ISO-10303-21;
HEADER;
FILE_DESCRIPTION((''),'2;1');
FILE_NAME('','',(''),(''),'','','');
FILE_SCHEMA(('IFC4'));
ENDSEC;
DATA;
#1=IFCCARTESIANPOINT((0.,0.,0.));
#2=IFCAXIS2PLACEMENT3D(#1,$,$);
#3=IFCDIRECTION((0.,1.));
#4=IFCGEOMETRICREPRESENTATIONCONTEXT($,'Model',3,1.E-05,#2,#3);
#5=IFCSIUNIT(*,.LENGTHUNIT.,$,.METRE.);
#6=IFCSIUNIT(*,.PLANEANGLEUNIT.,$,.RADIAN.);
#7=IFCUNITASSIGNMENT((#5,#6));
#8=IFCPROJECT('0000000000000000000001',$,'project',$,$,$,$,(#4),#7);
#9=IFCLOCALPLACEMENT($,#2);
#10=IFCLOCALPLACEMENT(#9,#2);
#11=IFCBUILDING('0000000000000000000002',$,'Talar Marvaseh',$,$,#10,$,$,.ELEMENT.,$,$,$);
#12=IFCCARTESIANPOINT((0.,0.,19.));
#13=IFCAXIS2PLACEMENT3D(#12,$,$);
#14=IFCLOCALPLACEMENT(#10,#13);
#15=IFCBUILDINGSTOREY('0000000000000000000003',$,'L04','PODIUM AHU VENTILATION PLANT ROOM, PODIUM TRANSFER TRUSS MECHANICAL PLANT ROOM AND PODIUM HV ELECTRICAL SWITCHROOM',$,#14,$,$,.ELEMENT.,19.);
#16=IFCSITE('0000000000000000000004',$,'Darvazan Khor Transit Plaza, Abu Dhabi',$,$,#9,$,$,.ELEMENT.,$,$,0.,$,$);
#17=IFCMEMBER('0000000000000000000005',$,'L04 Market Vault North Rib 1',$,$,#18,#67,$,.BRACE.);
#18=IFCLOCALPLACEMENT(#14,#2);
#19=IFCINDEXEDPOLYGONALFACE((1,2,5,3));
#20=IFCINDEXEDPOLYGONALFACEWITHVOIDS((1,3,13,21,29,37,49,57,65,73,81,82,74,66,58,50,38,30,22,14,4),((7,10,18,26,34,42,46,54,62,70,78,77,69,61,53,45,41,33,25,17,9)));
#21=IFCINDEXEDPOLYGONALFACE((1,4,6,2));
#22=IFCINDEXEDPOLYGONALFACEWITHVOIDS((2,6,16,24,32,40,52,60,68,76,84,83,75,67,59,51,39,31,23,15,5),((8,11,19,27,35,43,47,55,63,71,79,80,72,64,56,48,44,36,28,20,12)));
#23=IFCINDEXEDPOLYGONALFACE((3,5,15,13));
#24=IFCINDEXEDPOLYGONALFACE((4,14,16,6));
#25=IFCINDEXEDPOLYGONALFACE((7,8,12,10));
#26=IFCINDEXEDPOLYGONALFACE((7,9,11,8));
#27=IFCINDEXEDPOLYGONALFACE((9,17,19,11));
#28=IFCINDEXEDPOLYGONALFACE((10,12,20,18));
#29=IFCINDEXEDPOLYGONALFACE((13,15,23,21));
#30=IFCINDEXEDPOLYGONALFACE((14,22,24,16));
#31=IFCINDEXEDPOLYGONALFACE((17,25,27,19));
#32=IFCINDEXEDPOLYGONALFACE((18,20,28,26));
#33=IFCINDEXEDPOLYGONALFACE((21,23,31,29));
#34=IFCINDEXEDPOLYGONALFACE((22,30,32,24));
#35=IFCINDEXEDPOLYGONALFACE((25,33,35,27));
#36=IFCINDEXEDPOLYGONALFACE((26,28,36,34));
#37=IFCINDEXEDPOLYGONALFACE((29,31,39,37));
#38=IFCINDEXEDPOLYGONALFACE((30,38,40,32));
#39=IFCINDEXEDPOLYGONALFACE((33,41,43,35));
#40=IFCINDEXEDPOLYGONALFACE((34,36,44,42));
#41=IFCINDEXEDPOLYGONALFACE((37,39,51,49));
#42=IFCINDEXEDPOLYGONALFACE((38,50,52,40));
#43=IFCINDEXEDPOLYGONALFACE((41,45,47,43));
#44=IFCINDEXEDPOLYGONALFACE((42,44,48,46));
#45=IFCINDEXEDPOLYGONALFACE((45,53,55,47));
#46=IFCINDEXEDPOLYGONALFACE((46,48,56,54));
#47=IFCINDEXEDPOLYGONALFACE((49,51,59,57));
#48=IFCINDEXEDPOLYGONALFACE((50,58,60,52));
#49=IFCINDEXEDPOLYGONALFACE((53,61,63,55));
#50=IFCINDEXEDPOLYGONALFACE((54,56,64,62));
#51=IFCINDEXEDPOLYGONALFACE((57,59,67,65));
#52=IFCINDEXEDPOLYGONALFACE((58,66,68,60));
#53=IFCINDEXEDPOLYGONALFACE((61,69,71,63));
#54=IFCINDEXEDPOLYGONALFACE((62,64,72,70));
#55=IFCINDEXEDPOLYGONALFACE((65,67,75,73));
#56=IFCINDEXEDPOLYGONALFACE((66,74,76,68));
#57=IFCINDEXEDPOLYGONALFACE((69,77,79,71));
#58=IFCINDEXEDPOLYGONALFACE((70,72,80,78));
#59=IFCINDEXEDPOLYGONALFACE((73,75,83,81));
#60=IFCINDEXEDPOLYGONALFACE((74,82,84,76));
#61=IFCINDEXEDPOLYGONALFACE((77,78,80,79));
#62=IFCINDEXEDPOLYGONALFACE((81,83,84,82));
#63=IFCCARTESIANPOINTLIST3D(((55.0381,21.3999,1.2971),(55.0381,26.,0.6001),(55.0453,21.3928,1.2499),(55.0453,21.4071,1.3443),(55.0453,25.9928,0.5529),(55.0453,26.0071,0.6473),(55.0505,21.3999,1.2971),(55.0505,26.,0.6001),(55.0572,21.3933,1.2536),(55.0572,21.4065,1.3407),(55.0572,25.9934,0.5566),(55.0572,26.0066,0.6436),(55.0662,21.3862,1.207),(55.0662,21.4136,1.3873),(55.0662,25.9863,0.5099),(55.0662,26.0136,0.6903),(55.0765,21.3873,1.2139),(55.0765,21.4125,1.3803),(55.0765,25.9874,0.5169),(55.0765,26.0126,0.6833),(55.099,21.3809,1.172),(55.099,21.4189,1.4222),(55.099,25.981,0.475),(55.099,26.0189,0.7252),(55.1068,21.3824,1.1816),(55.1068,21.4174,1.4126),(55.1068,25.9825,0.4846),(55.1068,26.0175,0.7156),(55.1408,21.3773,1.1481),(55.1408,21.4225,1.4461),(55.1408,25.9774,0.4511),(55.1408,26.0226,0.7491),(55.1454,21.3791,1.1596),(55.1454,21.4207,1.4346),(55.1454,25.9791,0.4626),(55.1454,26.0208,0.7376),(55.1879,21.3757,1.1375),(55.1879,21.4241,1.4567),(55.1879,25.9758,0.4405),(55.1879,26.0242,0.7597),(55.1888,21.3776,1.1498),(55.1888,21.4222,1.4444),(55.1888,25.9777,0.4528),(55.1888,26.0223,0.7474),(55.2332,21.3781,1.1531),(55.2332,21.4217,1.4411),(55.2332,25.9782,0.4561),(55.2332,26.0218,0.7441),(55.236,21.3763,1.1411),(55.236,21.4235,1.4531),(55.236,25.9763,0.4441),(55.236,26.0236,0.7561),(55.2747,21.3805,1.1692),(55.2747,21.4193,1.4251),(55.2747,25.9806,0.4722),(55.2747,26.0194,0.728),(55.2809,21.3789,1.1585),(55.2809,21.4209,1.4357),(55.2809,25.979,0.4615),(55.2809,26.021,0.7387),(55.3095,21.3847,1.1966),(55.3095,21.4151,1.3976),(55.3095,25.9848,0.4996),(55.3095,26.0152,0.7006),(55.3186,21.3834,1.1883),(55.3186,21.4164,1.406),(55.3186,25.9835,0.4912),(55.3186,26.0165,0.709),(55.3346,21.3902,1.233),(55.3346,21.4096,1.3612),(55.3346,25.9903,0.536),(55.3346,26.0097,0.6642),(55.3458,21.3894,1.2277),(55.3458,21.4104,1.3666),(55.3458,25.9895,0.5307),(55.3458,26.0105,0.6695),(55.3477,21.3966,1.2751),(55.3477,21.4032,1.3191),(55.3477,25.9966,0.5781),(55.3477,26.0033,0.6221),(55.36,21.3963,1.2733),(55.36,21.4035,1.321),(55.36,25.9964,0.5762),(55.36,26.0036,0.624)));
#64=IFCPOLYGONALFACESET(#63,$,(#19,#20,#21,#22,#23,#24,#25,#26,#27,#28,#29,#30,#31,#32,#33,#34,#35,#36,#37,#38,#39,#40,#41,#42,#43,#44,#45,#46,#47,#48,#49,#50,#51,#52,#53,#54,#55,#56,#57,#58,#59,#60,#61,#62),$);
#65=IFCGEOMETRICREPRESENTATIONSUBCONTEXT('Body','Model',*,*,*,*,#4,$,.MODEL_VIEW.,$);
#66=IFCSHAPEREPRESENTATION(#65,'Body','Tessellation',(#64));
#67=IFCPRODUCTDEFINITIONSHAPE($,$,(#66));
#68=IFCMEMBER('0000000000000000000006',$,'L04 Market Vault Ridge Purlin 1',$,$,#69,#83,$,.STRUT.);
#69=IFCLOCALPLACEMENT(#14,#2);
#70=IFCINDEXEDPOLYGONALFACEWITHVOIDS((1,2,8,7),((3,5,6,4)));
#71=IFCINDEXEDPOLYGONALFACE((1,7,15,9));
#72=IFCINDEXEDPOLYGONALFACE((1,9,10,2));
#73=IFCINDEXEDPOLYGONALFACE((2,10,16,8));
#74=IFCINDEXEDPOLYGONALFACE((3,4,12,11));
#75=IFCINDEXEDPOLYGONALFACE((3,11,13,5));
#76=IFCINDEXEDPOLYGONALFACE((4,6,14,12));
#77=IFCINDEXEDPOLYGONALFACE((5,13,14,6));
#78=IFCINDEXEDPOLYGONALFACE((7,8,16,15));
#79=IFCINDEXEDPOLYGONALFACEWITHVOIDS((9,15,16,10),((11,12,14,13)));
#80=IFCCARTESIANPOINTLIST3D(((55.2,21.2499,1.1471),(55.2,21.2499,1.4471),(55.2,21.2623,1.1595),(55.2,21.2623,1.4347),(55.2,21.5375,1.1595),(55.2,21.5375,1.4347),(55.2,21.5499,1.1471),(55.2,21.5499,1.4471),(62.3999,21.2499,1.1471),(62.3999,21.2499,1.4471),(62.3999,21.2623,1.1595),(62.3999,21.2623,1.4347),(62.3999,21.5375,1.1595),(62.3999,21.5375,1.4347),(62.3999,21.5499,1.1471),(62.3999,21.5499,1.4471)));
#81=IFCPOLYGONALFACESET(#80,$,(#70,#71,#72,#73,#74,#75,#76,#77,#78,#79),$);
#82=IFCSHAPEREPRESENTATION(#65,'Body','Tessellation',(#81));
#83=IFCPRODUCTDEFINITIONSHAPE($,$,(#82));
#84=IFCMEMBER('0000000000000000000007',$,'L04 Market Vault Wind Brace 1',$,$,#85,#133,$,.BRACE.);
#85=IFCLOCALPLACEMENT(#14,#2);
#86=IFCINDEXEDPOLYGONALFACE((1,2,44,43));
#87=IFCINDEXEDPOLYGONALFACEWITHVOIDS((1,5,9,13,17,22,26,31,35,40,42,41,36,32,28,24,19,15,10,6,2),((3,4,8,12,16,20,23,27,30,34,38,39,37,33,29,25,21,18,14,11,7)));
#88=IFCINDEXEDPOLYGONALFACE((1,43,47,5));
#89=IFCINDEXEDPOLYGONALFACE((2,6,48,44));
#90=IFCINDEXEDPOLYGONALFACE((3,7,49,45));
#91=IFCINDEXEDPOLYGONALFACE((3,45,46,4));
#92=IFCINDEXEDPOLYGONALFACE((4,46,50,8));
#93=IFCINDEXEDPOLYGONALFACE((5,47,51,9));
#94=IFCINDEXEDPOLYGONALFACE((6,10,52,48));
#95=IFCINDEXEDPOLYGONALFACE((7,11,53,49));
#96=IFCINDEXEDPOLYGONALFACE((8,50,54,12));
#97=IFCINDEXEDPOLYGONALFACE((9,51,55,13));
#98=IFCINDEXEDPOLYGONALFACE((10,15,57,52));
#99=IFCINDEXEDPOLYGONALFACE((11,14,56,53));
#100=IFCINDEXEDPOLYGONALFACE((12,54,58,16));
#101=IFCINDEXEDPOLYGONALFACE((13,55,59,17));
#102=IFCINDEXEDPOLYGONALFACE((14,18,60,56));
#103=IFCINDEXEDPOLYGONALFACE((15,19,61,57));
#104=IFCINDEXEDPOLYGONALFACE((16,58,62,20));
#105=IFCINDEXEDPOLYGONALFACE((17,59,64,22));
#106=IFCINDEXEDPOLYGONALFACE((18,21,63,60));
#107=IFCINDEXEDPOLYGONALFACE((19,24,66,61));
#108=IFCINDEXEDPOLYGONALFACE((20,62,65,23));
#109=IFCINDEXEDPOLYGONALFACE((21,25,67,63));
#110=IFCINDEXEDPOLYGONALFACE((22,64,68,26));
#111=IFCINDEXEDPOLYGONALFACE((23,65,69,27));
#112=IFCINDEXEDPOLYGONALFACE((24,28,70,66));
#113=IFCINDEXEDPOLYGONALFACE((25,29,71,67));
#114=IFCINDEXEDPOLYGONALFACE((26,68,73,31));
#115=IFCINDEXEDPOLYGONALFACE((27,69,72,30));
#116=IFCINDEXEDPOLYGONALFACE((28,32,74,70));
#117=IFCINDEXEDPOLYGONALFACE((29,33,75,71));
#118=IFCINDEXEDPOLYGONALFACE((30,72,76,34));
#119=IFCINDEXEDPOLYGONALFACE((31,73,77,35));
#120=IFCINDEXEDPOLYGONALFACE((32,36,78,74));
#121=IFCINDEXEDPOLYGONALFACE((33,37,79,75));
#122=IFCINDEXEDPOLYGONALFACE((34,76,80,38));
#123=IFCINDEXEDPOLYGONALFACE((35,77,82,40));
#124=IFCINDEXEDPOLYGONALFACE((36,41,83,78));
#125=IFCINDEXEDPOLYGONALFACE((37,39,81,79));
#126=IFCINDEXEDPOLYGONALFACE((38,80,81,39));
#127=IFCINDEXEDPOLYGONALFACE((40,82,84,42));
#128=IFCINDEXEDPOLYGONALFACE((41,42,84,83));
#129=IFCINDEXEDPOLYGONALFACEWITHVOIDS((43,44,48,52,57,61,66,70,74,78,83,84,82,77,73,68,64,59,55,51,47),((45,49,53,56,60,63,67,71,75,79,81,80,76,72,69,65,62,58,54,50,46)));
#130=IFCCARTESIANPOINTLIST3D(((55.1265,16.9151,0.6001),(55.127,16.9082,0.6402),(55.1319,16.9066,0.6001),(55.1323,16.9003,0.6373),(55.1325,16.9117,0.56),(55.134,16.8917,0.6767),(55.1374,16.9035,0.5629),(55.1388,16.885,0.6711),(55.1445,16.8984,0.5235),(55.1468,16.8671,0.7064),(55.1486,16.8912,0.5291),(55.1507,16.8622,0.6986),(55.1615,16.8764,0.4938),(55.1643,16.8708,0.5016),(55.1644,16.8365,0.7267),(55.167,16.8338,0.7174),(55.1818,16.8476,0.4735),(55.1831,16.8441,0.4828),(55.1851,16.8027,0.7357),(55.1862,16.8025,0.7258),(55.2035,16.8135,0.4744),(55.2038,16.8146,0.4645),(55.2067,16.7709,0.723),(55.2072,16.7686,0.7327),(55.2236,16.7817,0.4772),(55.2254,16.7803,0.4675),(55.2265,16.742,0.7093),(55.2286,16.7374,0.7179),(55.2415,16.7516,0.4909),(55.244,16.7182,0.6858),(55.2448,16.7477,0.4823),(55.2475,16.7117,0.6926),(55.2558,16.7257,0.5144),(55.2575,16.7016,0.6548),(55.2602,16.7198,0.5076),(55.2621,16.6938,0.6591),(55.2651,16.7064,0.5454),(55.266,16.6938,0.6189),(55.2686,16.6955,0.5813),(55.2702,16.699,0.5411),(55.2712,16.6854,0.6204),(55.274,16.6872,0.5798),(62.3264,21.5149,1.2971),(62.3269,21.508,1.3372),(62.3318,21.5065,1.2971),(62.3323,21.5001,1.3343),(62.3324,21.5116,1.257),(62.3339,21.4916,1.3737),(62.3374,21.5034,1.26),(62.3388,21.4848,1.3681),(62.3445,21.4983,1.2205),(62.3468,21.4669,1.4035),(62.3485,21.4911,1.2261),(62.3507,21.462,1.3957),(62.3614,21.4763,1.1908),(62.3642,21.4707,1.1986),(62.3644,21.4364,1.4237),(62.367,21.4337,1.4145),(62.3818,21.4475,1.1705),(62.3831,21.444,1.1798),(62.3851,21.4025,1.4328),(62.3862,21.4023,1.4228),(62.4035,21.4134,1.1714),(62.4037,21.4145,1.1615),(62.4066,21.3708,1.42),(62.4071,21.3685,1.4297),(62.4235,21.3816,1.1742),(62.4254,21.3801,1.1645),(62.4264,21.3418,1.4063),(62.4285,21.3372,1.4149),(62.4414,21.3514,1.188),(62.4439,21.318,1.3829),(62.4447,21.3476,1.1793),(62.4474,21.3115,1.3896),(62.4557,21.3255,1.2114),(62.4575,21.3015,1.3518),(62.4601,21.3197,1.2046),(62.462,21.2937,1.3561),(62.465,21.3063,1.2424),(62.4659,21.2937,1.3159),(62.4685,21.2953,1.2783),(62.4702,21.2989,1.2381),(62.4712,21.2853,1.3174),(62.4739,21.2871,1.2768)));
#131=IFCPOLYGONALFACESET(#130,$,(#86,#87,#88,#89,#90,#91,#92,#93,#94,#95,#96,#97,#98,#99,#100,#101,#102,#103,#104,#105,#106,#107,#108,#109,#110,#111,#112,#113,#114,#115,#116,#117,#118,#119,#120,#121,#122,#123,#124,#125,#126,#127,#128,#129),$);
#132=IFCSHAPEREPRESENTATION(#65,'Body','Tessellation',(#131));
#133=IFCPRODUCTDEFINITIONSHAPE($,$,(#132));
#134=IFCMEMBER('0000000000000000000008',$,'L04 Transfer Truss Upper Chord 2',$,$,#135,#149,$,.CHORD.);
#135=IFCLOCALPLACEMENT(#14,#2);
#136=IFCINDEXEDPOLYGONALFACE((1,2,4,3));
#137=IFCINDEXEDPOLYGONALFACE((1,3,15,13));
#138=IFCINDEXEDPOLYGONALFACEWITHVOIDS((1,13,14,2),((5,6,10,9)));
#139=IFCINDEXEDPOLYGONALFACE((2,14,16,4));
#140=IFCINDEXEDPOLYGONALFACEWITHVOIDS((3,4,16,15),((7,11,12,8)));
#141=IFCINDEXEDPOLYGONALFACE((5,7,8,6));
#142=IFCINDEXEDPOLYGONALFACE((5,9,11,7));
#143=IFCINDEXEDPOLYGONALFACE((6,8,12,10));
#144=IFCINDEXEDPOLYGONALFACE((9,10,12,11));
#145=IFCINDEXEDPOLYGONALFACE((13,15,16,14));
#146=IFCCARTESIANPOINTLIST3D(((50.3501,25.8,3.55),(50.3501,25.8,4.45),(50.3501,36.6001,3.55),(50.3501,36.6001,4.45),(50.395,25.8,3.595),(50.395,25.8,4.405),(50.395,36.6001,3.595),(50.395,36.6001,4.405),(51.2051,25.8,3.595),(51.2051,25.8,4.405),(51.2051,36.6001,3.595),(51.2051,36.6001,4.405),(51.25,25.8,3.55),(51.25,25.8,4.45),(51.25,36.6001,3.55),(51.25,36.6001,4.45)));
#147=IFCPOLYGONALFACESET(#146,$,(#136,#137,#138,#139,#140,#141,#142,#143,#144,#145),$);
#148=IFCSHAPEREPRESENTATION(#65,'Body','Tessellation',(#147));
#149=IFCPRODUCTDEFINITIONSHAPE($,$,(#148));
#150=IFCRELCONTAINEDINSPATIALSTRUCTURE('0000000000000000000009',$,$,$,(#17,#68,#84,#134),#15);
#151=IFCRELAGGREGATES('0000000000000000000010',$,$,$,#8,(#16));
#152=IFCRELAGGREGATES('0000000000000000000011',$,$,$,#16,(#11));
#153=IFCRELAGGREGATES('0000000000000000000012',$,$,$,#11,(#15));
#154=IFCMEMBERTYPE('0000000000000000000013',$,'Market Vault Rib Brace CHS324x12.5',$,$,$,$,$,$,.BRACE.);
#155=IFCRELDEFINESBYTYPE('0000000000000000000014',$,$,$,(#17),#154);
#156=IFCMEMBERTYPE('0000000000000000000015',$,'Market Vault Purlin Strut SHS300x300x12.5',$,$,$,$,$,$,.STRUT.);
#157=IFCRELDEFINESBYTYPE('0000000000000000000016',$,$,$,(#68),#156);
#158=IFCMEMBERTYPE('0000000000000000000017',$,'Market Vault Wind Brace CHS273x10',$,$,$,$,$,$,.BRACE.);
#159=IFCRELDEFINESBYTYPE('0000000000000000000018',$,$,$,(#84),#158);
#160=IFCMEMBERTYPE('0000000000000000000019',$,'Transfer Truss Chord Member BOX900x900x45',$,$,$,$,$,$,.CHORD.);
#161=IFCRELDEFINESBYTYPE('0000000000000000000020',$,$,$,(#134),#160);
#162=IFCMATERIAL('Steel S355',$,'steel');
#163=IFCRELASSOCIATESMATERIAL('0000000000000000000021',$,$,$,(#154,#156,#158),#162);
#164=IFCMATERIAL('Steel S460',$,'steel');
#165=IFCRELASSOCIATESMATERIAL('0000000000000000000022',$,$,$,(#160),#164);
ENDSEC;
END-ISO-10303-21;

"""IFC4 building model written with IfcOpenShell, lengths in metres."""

from ifc_helpers import new_model, si_unit, direction, frame, origin, origin_2d, place, context, subcontext, project, spatial, hollow_rectangle, hollow_circle, extrude, source, transform, mapped, material, material_profile, profile_set, type_object, type_shapes, element, save


model = new_model("IFC4")

# Units and contexts
model_context = context("Model", 3, precision=1e-05, world=origin(), true_north=direction((0.0, 1.0)))
body_context = subcontext(model_context, "Body", "Model", "MODEL_VIEW")
ifc_project = project(units=[si_unit("LENGTHUNIT", "METRE"), si_unit("PLANEANGLEUNIT", "RADIAN")], contexts=[model_context])

# Site, building, storey
site_placement = place(None, origin())
site = spatial("IfcSite", under=ifc_project, at=site_placement, Name="Darvazan Khor Transit Plaza, Abu Dhabi", CompositionType="ELEMENT", RefElevation=0.0)
building_placement = place(site_placement, origin())
building = spatial("IfcBuilding", under=site, at=building_placement, Name="Talar Marvaseh", CompositionType="ELEMENT")
storey_placement = place(building_placement, frame((0.0, 0.0, 19.0)))
storey = spatial("IfcBuildingStorey", under=building, at=storey_placement, Name="L04", Description="PODIUM AHU VENTILATION PLANT ROOM, PODIUM TRANSFER TRUSS MECHANICAL PLANT ROOM AND PODIUM HV ELECTRICAL SWITCHROOM", CompositionType="ELEMENT", Elevation=19.0)

# Shared definitions
ifc_material_1 = material(Name="Steel S355", Category="steel")
ifc_material_2 = material(Name="Steel S460", Category="steel")

# Members
ifc_material_profile_1 = material_profile(ifc_material_1, hollow_circle(Radius=0.1619, WallThickness=0.0125, at=origin_2d()), Name="CHS324x12.5")
ifc_profile_set_1 = profile_set([ifc_material_profile_1], Name="Steel S355")
member_type_1 = type_object("IfcMemberType", Name="Market Vault Rib Brace CHS324x12.5", PredefinedType="BRACE", material=ifc_profile_set_1)
shared_shape_1 = source(origin(), body_context, "Body", "SweptSolid", [
    extrude(hollow_circle(Radius=0.1619, WallThickness=0.0125, at=origin_2d()), origin(), (0.0, 0.0, 1.0), 4.6526),
])
member_1_placement = place(storey_placement, frame((55.2, 21.3999, 1.2971), z_axis=(0.0, 0.988714, -0.149813), x_axis=(-1.0, 0.0, 0.0)))
element("IfcMember", 1, at=member_1_placement, inside=storey, type_object=member_type_1, Name="L04 Market Vault North Rib 1", PredefinedType="BRACE", context=body_context, shape_type="MappedRepresentation", body=[
    mapped(shared_shape_1, transform((0.0, 0.0, 0.0), x_axis=(1.0, 0.0, 0.0), y_axis=(0.0, 1.0, 0.0), z_axis=(0.0, 0.0, 1.0), scale=1.0)),
])
ifc_material_profile_2 = material_profile(ifc_material_1, hollow_rectangle(XDim=0.3, YDim=0.3, WallThickness=0.0125, at=origin_2d()), Name="SHS300x300x12.5")
ifc_profile_set_2 = profile_set([ifc_material_profile_2], Name="Steel S355")
member_type_2 = type_object("IfcMemberType", Name="Market Vault Purlin Strut SHS300x300x12.5", PredefinedType="STRUT", material=ifc_profile_set_2)
shared_shape_2 = source(origin(), body_context, "Body", "SweptSolid", [
    extrude(hollow_rectangle(XDim=0.3, YDim=0.3, WallThickness=0.0125, at=origin_2d()), origin(), (0.0, 0.0, 1.0), 7.2),
])
type_shapes(member_type_2, [shared_shape_2])
member_2_placement = place(storey_placement, frame((55.2, 21.3999, 1.2971), z_axis=(1.0, 0.0, 0.0), x_axis=(0.0, 1.0, 0.0)))
element("IfcMember", 2, at=member_2_placement, inside=storey, type_object=member_type_2, Name="L04 Market Vault Ridge Purlin 1", PredefinedType="STRUT", context=body_context, shape_type="MappedRepresentation", body=[
    mapped(shared_shape_2, transform((0.0, 0.0, 0.0), x_axis=(1.0, 0.0, 0.0), y_axis=(0.0, 1.0, 0.0), z_axis=(0.0, 0.0, 1.0), scale=1.0)),
])
ifc_material_profile_3 = material_profile(ifc_material_1, hollow_circle(Radius=0.1365, WallThickness=0.01, at=origin_2d()), Name="CHS273x10")
ifc_profile_set_3 = profile_set([ifc_material_profile_3], Name="Steel S355")
member_type_3 = type_object("IfcMemberType", Name="Market Vault Wind Brace CHS273x10", PredefinedType="BRACE", material=ifc_profile_set_3)
shared_shape_3 = source(origin(), body_context, "Body", "SweptSolid", [
    extrude(hollow_circle(Radius=0.1365, WallThickness=0.01, at=origin_2d()), origin(), (0.0, 0.0, 1.0), 8.5723),
])
type_shapes(member_type_3, [shared_shape_3])
member_3_placement = place(storey_placement, frame((55.2, 16.8, 0.6001), z_axis=(0.839912, 0.536597, 0.081311), x_axis=(-0.53838, 0.842702, 0.0)))
element("IfcMember", 3, at=member_3_placement, inside=storey, type_object=member_type_3, Name="L04 Market Vault Wind Brace 1", PredefinedType="BRACE", context=body_context, shape_type="MappedRepresentation", body=[
    mapped(shared_shape_3, transform((0.0, 0.0, 0.0), x_axis=(1.0, 0.0, 0.0), y_axis=(0.0, 1.0, 0.0), z_axis=(0.0, 0.0, 1.0), scale=1.0)),
])
ifc_material_profile_4 = material_profile(ifc_material_2, hollow_rectangle(XDim=0.8999, YDim=0.8999, WallThickness=0.0449, at=origin_2d()), Name="BOX900x900x45")
ifc_profile_set_4 = profile_set([ifc_material_profile_4], Name="Steel S460")
member_type_4 = type_object("IfcMemberType", Name="Transfer Truss Chord Member BOX900x900x45", PredefinedType="CHORD", material=ifc_profile_set_4)
shared_shape_4 = source(origin(), body_context, "Body", "SweptSolid", [
    extrude(hollow_rectangle(XDim=0.8999, YDim=0.8999, WallThickness=0.0449, at=origin_2d()), origin(), (0.0, 0.0, 1.0), 10.8),
])
type_shapes(member_type_4, [shared_shape_4])
member_4_placement = place(storey_placement, frame((50.8, 25.8, 4.0), z_axis=(0.0, 1.0, 0.0), x_axis=(-1.0, 0.0, 0.0)))
element("IfcMember", 4, at=member_4_placement, inside=storey, type_object=member_type_4, Name="L04 Transfer Truss Upper Chord 2", PredefinedType="CHORD", context=body_context, shape_type="MappedRepresentation", body=[
    mapped(shared_shape_4, transform((0.0, 0.0, 0.0), x_axis=(1.0, 0.0, 0.0), y_axis=(0.0, 1.0, 0.0), z_axis=(0.0, 0.0, 1.0), scale=1.0)),
])

save(model, "model.ifc")
